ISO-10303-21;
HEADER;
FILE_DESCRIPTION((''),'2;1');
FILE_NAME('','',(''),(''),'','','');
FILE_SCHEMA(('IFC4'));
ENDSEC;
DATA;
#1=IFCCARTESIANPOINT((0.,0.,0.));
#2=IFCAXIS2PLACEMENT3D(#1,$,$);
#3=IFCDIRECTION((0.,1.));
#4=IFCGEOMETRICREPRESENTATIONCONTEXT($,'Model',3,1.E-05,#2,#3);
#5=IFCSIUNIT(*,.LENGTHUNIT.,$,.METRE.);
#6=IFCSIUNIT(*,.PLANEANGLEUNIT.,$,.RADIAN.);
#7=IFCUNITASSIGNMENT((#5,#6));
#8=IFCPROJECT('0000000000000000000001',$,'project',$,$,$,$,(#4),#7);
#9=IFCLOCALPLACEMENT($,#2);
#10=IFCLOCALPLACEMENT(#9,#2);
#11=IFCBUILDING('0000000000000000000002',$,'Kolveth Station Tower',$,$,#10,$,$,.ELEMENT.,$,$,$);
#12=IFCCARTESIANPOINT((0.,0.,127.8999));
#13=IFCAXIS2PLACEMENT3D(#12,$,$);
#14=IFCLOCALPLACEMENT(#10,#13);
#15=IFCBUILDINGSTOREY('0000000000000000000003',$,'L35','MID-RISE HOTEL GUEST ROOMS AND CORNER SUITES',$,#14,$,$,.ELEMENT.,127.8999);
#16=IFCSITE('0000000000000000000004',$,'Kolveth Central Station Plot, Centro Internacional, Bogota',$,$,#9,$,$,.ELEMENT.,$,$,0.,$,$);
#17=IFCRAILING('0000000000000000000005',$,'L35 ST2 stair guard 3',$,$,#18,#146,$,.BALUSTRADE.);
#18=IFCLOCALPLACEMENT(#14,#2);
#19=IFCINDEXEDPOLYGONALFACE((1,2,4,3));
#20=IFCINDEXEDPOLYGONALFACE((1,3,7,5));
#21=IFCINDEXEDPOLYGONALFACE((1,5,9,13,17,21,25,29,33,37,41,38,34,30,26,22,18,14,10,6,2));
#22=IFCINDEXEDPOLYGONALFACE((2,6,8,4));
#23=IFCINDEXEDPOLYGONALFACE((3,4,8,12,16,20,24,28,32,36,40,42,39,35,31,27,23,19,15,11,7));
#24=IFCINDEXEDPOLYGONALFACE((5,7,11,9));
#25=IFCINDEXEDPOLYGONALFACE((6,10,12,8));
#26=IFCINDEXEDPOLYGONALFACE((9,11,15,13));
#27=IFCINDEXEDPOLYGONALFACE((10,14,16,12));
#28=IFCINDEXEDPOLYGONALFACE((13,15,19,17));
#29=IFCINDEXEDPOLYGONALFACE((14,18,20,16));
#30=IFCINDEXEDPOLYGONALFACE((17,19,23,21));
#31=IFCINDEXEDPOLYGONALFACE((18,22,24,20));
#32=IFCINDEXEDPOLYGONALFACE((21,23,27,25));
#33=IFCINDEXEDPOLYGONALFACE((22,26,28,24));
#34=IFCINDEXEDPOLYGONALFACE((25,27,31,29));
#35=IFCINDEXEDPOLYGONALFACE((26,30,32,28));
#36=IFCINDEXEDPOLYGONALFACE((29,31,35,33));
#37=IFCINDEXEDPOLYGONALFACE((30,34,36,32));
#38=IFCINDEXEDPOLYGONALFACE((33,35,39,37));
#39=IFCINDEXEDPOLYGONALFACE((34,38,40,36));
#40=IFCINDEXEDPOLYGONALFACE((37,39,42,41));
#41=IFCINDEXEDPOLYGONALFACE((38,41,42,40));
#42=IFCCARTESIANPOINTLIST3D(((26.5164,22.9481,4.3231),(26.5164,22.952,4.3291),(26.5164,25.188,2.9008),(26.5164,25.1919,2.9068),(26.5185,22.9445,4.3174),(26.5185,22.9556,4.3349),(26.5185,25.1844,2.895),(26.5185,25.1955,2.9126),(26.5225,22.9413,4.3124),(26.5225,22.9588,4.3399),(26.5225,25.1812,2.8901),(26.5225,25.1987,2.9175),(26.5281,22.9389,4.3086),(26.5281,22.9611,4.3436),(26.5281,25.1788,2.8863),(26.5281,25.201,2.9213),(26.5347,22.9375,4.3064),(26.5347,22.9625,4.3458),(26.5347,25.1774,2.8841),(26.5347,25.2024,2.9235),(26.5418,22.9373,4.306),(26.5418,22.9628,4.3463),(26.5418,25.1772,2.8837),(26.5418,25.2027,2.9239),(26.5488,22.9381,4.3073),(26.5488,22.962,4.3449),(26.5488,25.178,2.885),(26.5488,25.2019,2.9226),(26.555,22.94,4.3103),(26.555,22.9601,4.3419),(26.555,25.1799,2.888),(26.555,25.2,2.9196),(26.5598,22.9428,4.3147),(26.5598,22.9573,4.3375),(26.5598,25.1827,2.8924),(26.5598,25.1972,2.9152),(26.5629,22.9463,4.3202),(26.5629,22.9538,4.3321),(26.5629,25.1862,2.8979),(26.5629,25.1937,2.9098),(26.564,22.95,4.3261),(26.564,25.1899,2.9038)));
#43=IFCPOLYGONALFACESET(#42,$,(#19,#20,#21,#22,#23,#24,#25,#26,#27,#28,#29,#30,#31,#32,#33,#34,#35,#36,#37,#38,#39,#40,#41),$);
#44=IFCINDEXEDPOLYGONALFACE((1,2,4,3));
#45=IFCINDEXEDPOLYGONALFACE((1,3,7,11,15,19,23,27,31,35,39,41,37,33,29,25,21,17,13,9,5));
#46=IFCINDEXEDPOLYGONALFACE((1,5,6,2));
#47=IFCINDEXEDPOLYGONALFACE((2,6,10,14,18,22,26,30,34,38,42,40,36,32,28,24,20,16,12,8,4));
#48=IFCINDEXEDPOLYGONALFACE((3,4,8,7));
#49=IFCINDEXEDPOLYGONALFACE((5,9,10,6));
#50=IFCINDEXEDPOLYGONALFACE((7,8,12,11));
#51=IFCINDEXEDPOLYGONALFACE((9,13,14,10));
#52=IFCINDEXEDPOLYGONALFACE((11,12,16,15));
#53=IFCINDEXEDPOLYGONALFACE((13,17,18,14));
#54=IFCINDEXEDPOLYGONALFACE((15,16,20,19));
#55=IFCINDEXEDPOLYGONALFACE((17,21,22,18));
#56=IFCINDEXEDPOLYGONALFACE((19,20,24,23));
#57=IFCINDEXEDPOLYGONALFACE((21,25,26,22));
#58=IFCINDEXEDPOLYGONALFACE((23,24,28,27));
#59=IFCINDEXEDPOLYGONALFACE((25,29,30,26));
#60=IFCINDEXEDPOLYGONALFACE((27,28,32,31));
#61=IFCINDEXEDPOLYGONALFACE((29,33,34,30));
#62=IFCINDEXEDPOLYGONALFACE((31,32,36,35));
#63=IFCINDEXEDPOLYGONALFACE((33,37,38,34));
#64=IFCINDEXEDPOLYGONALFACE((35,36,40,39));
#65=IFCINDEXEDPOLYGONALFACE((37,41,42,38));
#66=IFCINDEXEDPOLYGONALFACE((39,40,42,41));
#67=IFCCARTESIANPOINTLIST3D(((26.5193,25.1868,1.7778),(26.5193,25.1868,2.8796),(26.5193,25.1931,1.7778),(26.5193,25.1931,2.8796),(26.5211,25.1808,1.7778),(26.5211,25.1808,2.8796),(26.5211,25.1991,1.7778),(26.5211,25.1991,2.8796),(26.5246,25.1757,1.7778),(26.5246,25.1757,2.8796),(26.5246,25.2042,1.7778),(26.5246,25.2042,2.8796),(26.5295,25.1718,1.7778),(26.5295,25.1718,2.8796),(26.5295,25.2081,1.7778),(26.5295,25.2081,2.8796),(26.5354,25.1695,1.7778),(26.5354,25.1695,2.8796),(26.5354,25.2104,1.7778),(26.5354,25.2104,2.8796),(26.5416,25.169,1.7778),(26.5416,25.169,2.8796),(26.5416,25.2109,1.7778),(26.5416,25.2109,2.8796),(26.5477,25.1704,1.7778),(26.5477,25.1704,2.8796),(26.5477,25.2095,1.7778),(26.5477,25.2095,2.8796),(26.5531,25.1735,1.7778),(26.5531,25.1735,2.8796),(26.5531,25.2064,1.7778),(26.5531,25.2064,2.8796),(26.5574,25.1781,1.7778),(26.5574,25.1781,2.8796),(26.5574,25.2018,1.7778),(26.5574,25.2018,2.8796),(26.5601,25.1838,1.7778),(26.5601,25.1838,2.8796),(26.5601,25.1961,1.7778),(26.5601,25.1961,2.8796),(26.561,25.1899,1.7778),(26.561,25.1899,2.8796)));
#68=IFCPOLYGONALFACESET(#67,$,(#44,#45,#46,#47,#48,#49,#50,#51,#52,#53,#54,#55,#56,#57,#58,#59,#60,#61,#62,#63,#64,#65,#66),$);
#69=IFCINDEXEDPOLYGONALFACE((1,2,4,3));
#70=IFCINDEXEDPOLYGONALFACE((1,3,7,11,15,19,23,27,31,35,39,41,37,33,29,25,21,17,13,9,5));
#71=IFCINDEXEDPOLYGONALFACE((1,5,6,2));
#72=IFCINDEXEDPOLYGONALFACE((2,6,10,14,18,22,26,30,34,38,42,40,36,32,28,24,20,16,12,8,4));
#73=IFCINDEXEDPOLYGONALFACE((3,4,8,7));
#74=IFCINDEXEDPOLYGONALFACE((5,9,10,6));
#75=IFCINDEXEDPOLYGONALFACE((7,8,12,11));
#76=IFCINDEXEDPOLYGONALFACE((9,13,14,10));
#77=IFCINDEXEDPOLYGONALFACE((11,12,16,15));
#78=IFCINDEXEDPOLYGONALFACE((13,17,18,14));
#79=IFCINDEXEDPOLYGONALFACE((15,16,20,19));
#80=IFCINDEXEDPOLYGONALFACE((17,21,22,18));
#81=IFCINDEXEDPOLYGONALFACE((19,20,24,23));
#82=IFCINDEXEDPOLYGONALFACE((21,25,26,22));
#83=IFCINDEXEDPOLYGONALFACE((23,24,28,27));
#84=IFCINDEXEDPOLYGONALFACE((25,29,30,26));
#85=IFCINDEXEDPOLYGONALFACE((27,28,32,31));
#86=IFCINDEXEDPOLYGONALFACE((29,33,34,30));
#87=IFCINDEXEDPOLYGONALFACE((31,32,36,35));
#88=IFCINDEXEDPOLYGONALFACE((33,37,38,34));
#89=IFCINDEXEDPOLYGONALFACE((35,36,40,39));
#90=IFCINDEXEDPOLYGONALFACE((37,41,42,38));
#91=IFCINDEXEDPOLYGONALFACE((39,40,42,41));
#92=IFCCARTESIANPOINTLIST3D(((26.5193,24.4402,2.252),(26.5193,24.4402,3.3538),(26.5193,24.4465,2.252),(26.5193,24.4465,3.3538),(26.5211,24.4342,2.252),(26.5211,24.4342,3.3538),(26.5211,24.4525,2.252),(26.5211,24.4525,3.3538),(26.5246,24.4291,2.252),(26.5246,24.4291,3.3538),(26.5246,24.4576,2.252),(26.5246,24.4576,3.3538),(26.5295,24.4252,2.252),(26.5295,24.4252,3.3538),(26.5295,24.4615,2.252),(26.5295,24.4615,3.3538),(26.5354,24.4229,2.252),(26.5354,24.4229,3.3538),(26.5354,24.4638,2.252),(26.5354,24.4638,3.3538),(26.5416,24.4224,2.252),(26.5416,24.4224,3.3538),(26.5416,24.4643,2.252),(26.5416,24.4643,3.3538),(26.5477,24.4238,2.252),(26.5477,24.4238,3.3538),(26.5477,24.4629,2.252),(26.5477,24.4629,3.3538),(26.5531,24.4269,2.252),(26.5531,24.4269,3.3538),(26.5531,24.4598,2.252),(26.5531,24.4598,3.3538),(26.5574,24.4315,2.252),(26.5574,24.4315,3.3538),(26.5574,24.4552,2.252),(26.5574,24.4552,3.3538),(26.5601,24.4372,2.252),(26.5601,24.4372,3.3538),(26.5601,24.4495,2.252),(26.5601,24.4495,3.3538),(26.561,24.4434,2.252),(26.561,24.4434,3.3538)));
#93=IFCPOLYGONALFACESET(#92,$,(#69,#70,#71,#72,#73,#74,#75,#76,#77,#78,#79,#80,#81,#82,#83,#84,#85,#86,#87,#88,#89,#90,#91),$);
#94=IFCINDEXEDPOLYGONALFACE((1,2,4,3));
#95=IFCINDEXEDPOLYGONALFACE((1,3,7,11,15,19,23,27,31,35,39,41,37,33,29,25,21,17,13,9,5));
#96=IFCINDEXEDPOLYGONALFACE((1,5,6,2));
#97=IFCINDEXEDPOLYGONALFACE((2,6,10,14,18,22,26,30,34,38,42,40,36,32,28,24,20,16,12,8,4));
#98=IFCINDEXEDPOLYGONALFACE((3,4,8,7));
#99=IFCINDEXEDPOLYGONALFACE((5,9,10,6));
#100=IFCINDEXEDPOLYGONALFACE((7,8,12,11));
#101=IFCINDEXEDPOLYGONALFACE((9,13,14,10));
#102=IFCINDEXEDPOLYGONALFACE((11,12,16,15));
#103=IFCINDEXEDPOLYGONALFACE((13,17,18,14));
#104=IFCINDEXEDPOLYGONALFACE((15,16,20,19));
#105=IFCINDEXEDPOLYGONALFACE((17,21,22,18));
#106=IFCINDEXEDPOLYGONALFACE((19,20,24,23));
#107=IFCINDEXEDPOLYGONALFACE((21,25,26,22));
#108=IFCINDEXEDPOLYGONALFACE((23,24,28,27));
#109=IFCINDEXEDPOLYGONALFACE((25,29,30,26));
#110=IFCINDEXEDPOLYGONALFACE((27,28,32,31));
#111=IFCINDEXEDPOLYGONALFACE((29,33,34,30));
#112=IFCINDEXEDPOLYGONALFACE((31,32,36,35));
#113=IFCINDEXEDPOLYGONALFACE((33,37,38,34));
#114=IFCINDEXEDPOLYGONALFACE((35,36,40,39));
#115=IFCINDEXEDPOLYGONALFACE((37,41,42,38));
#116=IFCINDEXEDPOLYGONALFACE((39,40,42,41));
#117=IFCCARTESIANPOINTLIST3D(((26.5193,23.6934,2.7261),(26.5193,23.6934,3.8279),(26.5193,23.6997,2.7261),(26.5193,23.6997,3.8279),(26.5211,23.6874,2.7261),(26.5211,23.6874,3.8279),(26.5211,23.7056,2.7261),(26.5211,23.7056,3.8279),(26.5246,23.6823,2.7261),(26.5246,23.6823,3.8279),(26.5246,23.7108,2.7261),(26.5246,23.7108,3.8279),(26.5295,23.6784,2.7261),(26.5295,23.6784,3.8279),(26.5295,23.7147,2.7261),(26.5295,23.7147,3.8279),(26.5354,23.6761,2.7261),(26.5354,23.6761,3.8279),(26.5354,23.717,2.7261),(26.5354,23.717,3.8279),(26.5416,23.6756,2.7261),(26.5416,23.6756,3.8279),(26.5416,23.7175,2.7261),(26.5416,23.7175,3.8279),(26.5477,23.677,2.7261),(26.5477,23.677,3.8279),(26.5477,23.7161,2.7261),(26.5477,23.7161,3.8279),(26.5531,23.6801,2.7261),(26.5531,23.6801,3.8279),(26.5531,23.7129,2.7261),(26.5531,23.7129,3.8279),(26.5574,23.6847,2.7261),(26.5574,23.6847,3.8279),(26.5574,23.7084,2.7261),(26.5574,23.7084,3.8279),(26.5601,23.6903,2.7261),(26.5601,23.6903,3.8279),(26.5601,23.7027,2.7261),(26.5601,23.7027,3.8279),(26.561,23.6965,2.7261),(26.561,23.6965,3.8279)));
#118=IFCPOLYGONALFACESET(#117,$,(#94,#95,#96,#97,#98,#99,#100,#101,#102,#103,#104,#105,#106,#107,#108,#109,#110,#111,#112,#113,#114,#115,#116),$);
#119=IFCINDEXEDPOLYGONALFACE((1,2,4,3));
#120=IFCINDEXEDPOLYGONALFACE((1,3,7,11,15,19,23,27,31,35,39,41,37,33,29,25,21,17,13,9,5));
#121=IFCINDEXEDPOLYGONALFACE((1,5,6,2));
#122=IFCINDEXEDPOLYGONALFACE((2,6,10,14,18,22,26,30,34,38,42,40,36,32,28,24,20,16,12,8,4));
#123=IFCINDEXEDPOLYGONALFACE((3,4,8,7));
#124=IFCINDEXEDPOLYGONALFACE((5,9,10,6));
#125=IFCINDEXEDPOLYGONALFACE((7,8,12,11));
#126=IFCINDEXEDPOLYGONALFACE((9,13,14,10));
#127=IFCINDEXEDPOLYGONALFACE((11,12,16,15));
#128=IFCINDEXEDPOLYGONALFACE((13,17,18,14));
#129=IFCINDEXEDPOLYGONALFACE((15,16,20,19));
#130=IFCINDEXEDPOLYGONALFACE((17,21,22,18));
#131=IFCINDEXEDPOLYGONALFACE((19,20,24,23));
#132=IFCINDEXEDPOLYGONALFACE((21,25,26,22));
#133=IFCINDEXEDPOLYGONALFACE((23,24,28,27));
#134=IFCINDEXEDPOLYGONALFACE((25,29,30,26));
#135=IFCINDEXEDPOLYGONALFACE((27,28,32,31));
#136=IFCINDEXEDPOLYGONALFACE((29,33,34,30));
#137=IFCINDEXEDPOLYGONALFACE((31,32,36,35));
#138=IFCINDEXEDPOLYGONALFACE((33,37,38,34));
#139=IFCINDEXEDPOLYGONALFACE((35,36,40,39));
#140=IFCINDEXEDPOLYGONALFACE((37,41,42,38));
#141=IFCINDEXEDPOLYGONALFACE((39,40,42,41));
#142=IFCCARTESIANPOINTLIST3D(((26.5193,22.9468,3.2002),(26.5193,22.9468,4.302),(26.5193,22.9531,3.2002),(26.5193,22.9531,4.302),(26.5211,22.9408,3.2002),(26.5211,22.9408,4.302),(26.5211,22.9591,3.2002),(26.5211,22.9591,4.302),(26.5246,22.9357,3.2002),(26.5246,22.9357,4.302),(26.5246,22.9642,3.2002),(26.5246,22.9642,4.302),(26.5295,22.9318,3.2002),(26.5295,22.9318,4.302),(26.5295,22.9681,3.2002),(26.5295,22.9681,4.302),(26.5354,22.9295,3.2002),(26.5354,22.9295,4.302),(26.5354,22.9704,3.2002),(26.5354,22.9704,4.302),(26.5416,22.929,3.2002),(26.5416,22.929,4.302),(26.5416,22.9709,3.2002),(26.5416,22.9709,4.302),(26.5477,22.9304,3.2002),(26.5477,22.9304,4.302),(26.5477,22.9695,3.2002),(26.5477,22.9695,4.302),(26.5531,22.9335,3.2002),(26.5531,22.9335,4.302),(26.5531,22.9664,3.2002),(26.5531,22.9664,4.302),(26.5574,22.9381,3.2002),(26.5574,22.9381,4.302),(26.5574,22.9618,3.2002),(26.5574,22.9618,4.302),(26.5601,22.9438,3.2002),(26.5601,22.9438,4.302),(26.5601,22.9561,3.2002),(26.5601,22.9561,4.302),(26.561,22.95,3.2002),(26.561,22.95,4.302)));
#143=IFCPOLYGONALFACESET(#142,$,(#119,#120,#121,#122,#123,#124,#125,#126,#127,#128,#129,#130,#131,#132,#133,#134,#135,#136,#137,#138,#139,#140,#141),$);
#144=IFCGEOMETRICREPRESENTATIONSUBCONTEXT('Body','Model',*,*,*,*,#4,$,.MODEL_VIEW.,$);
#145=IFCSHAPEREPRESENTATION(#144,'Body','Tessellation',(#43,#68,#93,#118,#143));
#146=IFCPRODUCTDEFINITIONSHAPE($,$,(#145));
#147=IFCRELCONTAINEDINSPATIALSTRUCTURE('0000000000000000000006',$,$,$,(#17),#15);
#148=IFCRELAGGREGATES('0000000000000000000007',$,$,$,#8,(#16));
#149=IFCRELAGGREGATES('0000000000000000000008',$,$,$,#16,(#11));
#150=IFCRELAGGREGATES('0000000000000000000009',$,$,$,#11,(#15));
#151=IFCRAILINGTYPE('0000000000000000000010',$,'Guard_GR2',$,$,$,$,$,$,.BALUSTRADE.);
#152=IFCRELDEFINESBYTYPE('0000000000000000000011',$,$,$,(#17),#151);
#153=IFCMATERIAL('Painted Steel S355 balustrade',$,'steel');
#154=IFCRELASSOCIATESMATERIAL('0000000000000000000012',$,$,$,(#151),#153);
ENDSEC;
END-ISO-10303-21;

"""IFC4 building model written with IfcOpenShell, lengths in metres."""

from ifc_helpers import new_model, si_unit, direction, frame, origin, origin_2d, place, context, subcontext, project, spatial, circle, extrude, material, type_object, element, save


model = new_model("IFC4")

# Units and contexts
model_context = context("Model", 3, precision=1e-05, world=origin(), true_north=direction((0.0, 1.0)))
body_context = subcontext(model_context, "Body", "Model", "MODEL_VIEW")
ifc_project = project(units=[si_unit("LENGTHUNIT", "METRE"), si_unit("PLANEANGLEUNIT", "RADIAN")], contexts=[model_context])

# Site, building, storey
site_placement = place(None, origin())
site = spatial("IfcSite", under=ifc_project, at=site_placement, Name="Kolveth Central Station Plot, Centro Internacional, Bogota", CompositionType="ELEMENT", RefElevation=0.0)
building_placement = place(site_placement, origin())
building = spatial("IfcBuilding", under=site, at=building_placement, Name="Kolveth Station Tower", CompositionType="ELEMENT")
storey_placement = place(building_placement, frame((0.0, 0.0, 127.8999)))
storey = spatial("IfcBuildingStorey", under=building, at=storey_placement, Name="L35", Description="MID-RISE HOTEL GUEST ROOMS AND CORNER SUITES", CompositionType="ELEMENT", Elevation=127.8999)

# Railing
ifc_material_1 = material(Name="Painted Steel S355 balustrade", Category="steel")
railing_type_1 = type_object("IfcRailingType", Name="Guard_GR2", PredefinedType="BALUSTRADE", material=ifc_material_1)
railing_1_placement = place(storey_placement, frame((26.54, 25.1899, 1.7778)))
element("IfcRailing", 1, at=railing_1_placement, inside=storey, type_object=railing_type_1, Name="L35 ST2 stair guard 3", PredefinedType="BALUSTRADE", context=body_context, shape_type="SweptSolid", body=[
    extrude(circle(Radius=0.0239, at=origin_2d()), frame((0.0, 0.0, 1.126), z_axis=(0.0, -0.844188, 0.536048), x_axis=(1.0, 0.0, 0.0)), (0.0, 0.0, 1.0), 2.6533),
    extrude(circle(Radius=0.021, at=origin_2d()), origin(), (0.0, 0.0, 1.0), 1.1018),
    extrude(circle(Radius=0.021, at=origin_2d()), frame((0.0, -0.7466, 0.4741)), (0.0, 0.0, 1.0), 1.1018),
    extrude(circle(Radius=0.021, at=origin_2d()), frame((0.0, -1.4934, 0.9482)), (0.0, 0.0, 1.0), 1.1018),
    extrude(circle(Radius=0.021, at=origin_2d()), frame((0.0, -2.24, 1.4224)), (0.0, 0.0, 1.0), 1.1018),
])

save(model, "model.ifc")
